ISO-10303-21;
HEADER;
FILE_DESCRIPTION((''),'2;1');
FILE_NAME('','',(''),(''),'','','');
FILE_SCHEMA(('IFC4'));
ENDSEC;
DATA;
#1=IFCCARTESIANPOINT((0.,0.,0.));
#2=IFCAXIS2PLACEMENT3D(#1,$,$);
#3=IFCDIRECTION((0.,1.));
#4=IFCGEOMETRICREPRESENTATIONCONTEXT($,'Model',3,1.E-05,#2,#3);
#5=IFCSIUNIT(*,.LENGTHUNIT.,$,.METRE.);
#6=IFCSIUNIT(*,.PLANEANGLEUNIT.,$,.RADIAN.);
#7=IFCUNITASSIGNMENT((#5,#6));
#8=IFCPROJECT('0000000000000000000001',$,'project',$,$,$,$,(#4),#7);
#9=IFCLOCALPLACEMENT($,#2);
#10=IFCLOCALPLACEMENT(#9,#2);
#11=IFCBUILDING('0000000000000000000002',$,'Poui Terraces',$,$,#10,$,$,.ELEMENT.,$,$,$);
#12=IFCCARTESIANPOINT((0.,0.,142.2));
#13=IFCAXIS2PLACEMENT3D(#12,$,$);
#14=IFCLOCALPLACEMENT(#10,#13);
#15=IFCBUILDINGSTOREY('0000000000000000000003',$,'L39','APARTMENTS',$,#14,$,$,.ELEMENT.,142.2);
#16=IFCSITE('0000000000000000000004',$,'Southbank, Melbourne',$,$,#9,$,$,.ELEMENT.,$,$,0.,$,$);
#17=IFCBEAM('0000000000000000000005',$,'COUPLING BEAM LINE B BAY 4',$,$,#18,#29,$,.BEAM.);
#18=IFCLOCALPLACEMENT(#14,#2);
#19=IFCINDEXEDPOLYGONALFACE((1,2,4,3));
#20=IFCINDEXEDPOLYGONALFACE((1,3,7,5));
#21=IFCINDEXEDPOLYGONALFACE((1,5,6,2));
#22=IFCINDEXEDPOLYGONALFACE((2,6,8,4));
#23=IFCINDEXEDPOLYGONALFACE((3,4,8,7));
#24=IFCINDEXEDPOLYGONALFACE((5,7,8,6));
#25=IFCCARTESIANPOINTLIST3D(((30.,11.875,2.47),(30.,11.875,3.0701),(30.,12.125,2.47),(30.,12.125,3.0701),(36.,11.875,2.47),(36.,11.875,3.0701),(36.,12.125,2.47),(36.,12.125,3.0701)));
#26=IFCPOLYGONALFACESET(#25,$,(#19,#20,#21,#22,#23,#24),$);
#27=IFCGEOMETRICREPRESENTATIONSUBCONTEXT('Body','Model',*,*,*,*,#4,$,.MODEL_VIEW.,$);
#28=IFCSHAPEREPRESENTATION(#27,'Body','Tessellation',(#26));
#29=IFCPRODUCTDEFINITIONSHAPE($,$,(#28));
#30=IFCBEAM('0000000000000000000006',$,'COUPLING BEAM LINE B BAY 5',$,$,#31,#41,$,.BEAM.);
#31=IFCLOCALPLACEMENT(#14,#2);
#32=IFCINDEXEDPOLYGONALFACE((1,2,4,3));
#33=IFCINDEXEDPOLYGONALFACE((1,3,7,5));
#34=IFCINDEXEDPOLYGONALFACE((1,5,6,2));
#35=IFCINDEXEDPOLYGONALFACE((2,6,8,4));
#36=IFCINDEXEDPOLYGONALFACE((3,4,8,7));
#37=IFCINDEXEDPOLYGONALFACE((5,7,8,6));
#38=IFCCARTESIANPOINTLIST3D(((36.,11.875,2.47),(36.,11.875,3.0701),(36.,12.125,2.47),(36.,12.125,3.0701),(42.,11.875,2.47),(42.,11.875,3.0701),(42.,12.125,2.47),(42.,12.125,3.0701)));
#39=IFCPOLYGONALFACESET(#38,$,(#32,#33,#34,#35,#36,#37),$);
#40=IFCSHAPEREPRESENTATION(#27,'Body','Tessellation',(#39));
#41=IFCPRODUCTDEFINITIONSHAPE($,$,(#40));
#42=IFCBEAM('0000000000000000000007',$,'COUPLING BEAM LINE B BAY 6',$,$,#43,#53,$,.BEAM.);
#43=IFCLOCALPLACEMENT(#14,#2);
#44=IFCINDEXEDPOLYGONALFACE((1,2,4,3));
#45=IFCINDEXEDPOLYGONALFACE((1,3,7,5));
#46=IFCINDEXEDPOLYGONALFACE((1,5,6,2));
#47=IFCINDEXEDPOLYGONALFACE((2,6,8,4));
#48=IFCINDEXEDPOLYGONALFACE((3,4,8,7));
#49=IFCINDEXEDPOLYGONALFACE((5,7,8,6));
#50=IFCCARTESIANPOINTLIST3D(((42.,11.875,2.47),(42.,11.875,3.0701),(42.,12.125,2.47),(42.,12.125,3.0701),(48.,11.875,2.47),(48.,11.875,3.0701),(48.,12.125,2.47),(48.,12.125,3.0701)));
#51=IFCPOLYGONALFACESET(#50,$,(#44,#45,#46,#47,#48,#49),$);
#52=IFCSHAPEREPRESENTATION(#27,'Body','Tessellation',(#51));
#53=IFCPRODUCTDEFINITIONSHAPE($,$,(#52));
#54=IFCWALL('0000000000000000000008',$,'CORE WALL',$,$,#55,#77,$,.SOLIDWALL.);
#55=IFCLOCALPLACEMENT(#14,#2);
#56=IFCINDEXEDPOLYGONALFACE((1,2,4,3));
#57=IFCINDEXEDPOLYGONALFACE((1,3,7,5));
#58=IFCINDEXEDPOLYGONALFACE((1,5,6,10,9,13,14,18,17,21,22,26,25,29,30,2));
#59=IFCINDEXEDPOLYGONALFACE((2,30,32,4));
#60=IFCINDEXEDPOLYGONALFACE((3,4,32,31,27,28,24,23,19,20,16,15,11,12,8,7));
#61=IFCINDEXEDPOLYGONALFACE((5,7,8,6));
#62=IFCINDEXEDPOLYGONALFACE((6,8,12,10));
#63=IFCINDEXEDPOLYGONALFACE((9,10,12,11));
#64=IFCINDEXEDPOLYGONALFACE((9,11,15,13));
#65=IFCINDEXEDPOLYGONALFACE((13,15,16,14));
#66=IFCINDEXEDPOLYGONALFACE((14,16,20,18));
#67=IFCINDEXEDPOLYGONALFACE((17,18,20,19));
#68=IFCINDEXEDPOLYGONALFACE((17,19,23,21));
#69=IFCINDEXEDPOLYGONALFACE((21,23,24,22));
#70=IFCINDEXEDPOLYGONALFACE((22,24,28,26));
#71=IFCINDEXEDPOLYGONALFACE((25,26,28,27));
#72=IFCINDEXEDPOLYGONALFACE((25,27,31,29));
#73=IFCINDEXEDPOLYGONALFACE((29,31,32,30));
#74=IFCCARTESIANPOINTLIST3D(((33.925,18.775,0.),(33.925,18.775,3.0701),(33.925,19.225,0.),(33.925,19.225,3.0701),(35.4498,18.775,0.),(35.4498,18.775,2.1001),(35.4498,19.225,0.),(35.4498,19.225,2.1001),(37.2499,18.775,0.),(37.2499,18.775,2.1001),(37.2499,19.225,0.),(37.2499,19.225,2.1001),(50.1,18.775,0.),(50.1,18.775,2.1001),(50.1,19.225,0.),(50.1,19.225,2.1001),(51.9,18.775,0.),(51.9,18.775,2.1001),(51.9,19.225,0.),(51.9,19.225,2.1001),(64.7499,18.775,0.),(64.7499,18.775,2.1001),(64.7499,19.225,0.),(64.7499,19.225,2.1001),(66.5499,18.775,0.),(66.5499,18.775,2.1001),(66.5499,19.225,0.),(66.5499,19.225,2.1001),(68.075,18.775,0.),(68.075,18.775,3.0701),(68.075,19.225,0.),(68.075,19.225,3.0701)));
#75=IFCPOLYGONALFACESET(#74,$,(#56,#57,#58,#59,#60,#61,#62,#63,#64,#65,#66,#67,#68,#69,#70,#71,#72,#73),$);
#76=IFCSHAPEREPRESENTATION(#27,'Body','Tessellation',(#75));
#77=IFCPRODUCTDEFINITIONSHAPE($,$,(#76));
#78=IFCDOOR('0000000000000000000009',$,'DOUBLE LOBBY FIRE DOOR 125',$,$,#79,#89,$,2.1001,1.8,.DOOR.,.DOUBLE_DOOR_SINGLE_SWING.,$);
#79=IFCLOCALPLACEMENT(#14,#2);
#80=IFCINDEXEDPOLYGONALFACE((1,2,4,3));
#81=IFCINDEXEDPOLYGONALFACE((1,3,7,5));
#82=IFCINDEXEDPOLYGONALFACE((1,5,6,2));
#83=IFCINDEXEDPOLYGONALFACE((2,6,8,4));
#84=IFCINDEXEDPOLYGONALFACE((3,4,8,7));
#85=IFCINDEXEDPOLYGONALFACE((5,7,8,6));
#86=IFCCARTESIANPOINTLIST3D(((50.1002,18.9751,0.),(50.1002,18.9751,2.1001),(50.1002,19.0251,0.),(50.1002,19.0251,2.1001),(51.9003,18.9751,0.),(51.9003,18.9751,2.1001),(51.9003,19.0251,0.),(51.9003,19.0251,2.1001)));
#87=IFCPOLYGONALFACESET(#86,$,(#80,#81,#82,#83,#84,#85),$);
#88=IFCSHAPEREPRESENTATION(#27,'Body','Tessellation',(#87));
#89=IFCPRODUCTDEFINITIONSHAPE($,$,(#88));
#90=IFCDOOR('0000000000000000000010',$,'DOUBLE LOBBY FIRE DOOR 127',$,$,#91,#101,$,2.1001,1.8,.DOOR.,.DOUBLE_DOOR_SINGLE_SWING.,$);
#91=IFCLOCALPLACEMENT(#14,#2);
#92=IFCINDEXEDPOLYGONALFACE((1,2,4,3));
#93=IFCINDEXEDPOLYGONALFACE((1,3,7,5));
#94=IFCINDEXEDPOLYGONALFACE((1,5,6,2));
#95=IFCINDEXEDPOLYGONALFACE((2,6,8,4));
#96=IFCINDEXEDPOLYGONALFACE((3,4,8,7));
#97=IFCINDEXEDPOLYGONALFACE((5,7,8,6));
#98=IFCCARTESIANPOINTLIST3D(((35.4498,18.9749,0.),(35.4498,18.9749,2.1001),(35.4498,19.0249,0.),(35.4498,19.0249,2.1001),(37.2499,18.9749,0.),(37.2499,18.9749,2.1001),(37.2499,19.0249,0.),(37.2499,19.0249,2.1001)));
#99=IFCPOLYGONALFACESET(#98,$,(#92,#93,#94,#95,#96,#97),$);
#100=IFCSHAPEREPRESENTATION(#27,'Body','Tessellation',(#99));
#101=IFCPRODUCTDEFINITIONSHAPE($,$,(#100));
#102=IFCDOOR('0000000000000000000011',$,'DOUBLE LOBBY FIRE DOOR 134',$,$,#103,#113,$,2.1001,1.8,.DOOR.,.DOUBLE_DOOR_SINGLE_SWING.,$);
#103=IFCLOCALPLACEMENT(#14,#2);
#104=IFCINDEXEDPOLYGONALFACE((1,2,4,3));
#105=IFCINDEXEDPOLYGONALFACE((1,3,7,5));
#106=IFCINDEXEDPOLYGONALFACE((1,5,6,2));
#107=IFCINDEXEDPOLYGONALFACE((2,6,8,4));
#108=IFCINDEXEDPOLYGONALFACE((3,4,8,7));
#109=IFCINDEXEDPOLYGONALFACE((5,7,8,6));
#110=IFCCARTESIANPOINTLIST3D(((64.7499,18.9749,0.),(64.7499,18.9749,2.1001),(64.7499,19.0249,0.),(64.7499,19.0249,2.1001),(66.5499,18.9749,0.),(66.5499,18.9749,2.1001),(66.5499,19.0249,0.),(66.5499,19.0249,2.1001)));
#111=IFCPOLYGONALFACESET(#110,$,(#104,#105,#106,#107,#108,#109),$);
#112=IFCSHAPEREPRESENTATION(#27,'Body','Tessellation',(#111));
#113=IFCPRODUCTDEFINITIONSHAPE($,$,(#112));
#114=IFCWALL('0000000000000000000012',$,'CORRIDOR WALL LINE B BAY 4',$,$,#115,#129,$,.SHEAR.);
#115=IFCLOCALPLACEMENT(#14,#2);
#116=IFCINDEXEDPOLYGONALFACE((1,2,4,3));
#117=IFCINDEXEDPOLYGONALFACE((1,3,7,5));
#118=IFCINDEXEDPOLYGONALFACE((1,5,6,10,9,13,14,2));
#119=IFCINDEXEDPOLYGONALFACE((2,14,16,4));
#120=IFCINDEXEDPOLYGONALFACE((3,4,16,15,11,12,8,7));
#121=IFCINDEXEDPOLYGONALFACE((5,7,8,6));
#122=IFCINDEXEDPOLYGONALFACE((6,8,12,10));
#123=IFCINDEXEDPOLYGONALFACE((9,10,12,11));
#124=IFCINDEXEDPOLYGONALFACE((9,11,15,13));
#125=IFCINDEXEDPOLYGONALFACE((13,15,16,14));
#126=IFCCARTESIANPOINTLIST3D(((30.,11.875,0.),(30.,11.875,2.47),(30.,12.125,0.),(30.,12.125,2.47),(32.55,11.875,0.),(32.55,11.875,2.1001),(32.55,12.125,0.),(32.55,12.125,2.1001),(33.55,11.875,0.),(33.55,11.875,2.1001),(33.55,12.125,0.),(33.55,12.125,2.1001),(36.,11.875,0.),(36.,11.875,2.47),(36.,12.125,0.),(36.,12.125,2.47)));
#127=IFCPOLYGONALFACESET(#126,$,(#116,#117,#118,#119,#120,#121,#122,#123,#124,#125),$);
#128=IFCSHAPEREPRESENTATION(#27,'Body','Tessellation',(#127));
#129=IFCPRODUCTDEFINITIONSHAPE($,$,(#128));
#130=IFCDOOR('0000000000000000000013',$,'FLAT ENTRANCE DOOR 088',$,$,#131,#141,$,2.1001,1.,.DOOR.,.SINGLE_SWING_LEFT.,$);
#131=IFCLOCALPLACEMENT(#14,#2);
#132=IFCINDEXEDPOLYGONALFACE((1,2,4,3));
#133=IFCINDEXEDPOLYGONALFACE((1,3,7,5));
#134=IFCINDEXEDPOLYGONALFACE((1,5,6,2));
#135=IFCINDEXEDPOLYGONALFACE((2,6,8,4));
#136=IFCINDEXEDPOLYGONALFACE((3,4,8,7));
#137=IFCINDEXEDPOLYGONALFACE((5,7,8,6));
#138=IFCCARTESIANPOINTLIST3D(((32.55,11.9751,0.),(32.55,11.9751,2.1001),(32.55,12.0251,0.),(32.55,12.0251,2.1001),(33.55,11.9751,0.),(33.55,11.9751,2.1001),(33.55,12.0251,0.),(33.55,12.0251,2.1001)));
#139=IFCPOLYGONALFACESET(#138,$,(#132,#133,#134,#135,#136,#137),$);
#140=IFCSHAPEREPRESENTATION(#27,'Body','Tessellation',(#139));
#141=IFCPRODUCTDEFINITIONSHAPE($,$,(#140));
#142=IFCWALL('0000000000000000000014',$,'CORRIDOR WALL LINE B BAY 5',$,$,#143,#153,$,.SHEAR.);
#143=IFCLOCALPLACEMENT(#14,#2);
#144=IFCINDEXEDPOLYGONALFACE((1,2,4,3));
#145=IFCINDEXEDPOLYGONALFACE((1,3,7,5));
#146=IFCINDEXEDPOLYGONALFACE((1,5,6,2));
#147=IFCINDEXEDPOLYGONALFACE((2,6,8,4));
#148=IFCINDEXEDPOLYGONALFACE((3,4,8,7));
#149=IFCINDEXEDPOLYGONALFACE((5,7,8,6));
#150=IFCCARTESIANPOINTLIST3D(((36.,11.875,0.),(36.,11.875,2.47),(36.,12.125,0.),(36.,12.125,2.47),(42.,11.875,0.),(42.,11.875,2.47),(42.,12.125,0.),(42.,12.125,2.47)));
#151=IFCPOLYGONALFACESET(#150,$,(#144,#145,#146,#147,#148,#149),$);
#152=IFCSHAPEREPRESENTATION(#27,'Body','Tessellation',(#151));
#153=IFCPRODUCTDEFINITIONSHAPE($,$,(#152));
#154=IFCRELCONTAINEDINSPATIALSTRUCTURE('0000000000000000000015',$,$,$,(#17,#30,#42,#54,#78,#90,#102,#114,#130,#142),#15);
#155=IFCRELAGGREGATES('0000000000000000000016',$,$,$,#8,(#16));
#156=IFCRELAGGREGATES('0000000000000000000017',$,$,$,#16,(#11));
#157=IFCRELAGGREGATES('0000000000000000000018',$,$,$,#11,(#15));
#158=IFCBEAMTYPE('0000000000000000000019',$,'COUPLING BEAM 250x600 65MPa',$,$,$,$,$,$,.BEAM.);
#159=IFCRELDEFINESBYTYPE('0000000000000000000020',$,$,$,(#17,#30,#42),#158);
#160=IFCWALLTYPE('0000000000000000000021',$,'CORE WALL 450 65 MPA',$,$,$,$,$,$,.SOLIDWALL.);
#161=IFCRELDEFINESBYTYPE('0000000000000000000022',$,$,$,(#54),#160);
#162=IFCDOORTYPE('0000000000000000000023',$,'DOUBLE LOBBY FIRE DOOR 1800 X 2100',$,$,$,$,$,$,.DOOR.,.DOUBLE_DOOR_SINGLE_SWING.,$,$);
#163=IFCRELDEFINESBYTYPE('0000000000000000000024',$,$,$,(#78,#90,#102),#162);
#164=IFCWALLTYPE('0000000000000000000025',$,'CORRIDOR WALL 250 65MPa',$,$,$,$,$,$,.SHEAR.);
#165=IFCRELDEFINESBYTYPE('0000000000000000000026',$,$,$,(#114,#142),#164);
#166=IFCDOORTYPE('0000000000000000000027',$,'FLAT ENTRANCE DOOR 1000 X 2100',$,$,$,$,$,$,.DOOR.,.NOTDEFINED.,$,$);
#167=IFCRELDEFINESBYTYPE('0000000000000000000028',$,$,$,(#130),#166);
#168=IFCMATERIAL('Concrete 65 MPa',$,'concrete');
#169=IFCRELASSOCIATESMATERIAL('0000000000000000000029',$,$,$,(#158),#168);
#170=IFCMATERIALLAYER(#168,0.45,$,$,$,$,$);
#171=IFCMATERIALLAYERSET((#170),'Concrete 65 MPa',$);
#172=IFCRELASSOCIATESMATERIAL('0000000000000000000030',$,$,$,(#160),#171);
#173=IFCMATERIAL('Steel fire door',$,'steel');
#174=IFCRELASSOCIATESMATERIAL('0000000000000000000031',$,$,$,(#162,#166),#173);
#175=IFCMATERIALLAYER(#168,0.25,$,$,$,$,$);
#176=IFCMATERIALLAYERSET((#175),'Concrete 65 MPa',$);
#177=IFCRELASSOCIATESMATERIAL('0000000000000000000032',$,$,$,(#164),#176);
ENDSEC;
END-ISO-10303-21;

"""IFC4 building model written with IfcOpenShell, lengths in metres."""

from ifc_helpers import new_model, si_unit, direction, frame, frame_2d, origin, origin_2d, place, context, subcontext, project, spatial, rectangle, extrude, source, transform, mapped, material, layer, layer_set, material_profile, profile_set, type_object, element, fill, save


model = new_model("IFC4")

# Units and contexts
model_context = context("Model", 3, precision=1e-05, world=origin(), true_north=direction((0.0, 1.0)))
body_context = subcontext(model_context, "Body", "Model", "MODEL_VIEW")
ifc_project = project(units=[si_unit("LENGTHUNIT", "METRE"), si_unit("PLANEANGLEUNIT", "RADIAN")], contexts=[model_context])

# Site, building, storey
site_placement = place(None, origin())
site = spatial("IfcSite", under=ifc_project, at=site_placement, Name="Southbank, Melbourne", CompositionType="ELEMENT", RefElevation=0.0)
building_placement = place(site_placement, origin())
building = spatial("IfcBuilding", under=site, at=building_placement, Name="Poui Terraces", CompositionType="ELEMENT")
storey_placement = place(building_placement, frame((0.0, 0.0, 142.2)))
storey = spatial("IfcBuildingStorey", under=building, at=storey_placement, Name="L39", Description="APARTMENTS", CompositionType="ELEMENT", Elevation=142.2)

# Beams
ifc_material_1 = material(Name="Concrete 65 MPa", Category="concrete")
ifc_material_profile = material_profile(ifc_material_1, rectangle(XDim=0.25, YDim=0.6001, at=origin_2d()), Name="RC 250x600")
ifc_profile_set = profile_set([ifc_material_profile], Name="Concrete 65 MPa")
beam_type = type_object("IfcBeamType", Name="COUPLING BEAM 250x600 65MPa", PredefinedType="BEAM", material=ifc_profile_set)
shared_shape = source(origin(), body_context, "Body", "SweptSolid", [
    extrude(rectangle(XDim=0.25, YDim=0.6001, at=origin_2d()), origin(), (0.0, 0.0, 1.0), 6.0),
])
for number, where, z_axis, x_axis, name in (
    (1, (30.0, 12.0, 2.77), (1.0, 0.0, 0.0), (0.0, 1.0, 0.0), "COUPLING BEAM LINE B BAY 4"),
    (2, (36.0, 12.0, 2.77), (1.0, 0.0, 0.0), (0.0, 1.0, 0.0), "COUPLING BEAM LINE B BAY 5"),
    (3, (42.0, 12.0, 2.77), (1.0, 0.0, 0.0), (0.0, 1.0, 0.0), "COUPLING BEAM LINE B BAY 6"),
):
    element("IfcBeam", number, at=place(storey_placement, frame(where, z_axis=z_axis, x_axis=x_axis)), inside=storey, type_object=beam_type, Name=name, PredefinedType="BEAM", context=body_context, shape_type="MappedRepresentation", body=[
        mapped(shared_shape, transform((0.0, 0.0, 0.0))),
    ])

# Wall, openings, doors
ifc_layer_1 = layer(ifc_material_1, 0.45)
ifc_layer_set_1 = layer_set([ifc_layer_1], Name="Concrete 65 MPa")
wall_type_1 = type_object("IfcWallType", Name="CORE WALL 450 65 MPA", PredefinedType="SOLIDWALL", material=ifc_layer_set_1)
wall_1_placement = place(storey_placement, frame((33.925, 19.0, 0.0), z_axis=(0.0, 0.0, 1.0), x_axis=(1.0, 0.0, 0.0)))
wall_1 = element("IfcWall", 4, at=wall_1_placement, inside=storey, type_object=wall_type_1, Name="CORE WALL", PredefinedType="SOLIDWALL", context=body_context, shape_type="SweptSolid", body=[
    extrude(rectangle(XDim=34.1499, YDim=0.45, at=frame_2d((17.075, 0.0))), origin(), (0.0, 0.0, 1.0), 3.0701),
])
opening_1_placement = place(wall_1_placement, frame((16.175, 0.0, 0.0)))
opening_1 = element("IfcOpeningElement", 5, at=opening_1_placement, cuts=wall_1, PredefinedType="OPENING", context=body_context, shape_type="SweptSolid", body=[
    extrude(rectangle(XDim=1.8, YDim=2.1001, at=frame_2d((0.8999, 1.05))), frame((0.0, 0.2349, 0.0), z_axis=(0.0, -1.0, 0.0), x_axis=(1.0, 0.0, 0.0)), (0.0, 0.0, 1.0), 0.47),
])
opening_2_placement = place(wall_1_placement, frame((1.5249, 0.0, 0.0)))
opening_2 = element("IfcOpeningElement", 6, at=opening_2_placement, cuts=wall_1, PredefinedType="OPENING", context=body_context, shape_type="SweptSolid", body=[
    extrude(rectangle(XDim=1.8, YDim=2.1001, at=frame_2d((0.8999, 1.05))), frame((0.0, 0.2349, 0.0), z_axis=(0.0, -1.0, 0.0), x_axis=(1.0, 0.0, 0.0)), (0.0, 0.0, 1.0), 0.47),
])
opening_3_placement = place(wall_1_placement, frame((30.825, 0.0, 0.0)))
opening_3 = element("IfcOpeningElement", 7, at=opening_3_placement, cuts=wall_1, PredefinedType="OPENING", context=body_context, shape_type="SweptSolid", body=[
    extrude(rectangle(XDim=1.8, YDim=2.1001, at=frame_2d((0.8999, 1.05))), frame((0.0, 0.2349, 0.0), z_axis=(0.0, -1.0, 0.0), x_axis=(1.0, 0.0, 0.0)), (0.0, 0.0, 1.0), 0.47),
])
ifc_material_2 = material(Name="Steel fire door", Category="steel")
door_type_1 = type_object("IfcDoorType", Name="DOUBLE LOBBY FIRE DOOR 1800 X 2100", OperationType="DOUBLE_DOOR_SINGLE_SWING", PredefinedType="DOOR", material=ifc_material_2)
door_1_placement = place(opening_1_placement, frame((1.8, 0.0, 0.0), z_axis=(0.0, 0.0, 1.0), x_axis=(-1.0, 0.0, 0.0)))
door_1 = element("IfcDoor", 8, at=door_1_placement, inside=storey, type_object=door_type_1, Name="DOUBLE LOBBY FIRE DOOR 125", OperationType="DOUBLE_DOOR_SINGLE_SWING", OverallHeight=2.1001, OverallWidth=1.8, PredefinedType="DOOR", context=body_context, shape_type="SweptSolid", body=[
    extrude(rectangle(XDim=1.8, YDim=2.1001, at=frame_2d((0.8999, 1.05))), frame((0.0, 0.0249, 0.0), z_axis=(0.0, -1.0, 0.0), x_axis=(1.0, 0.0, 0.0)), (0.0, 0.0, 1.0), 0.05),
])
fill(opening_1, door_1)
door_2_placement = place(opening_2_placement, origin())
door_2 = element("IfcDoor", 9, at=door_2_placement, inside=storey, type_object=door_type_1, Name="DOUBLE LOBBY FIRE DOOR 127", OperationType="DOUBLE_DOOR_SINGLE_SWING", OverallHeight=2.1001, OverallWidth=1.8, PredefinedType="DOOR", context=body_context, shape_type="SweptSolid", body=[
    extrude(rectangle(XDim=1.8, YDim=2.1001, at=frame_2d((0.8999, 1.05))), frame((0.0, 0.0249, 0.0), z_axis=(0.0, -1.0, 0.0), x_axis=(1.0, 0.0, 0.0)), (0.0, 0.0, 1.0), 0.05),
])
fill(opening_2, door_2)
door_3_placement = place(opening_3_placement, origin())
door_3 = element("IfcDoor", 10, at=door_3_placement, inside=storey, type_object=door_type_1, Name="DOUBLE LOBBY FIRE DOOR 134", OperationType="DOUBLE_DOOR_SINGLE_SWING", OverallHeight=2.1001, OverallWidth=1.8, PredefinedType="DOOR", context=body_context, shape_type="SweptSolid", body=[
    extrude(rectangle(XDim=1.8, YDim=2.1001, at=frame_2d((0.8999, 1.05))), frame((0.0, 0.0249, 0.0), z_axis=(0.0, -1.0, 0.0), x_axis=(1.0, 0.0, 0.0)), (0.0, 0.0, 1.0), 0.05),
])
fill(opening_3, door_3)

# Wall, opening, door
ifc_layer_2 = layer(ifc_material_1, 0.25)
ifc_layer_set_2 = layer_set([ifc_layer_2], Name="Concrete 65 MPa")
wall_type_2 = type_object("IfcWallType", Name="CORRIDOR WALL 250 65MPa", PredefinedType="SHEAR", material=ifc_layer_set_2)
wall_2_placement = place(storey_placement, frame((30.0, 12.0, 0.0), z_axis=(0.0, 0.0, 1.0), x_axis=(1.0, 0.0, 0.0)))
wall_2 = element("IfcWall", 11, at=wall_2_placement, inside=storey, type_object=wall_type_2, Name="CORRIDOR WALL LINE B BAY 4", PredefinedType="SHEAR", context=body_context, shape_type="SweptSolid", body=[
    extrude(rectangle(XDim=6.0, YDim=0.25, at=frame_2d((3.0, 0.0))), origin(), (0.0, 0.0, 1.0), 2.47),
])
opening_4_placement = place(wall_2_placement, frame((2.55, 0.0, 0.0)))
opening_4 = element("IfcOpeningElement", 12, at=opening_4_placement, cuts=wall_2, PredefinedType="OPENING", context=body_context, shape_type="SweptSolid", body=[
    extrude(rectangle(XDim=1.0, YDim=2.1001, at=frame_2d((0.5, 1.05))), frame((0.0, 0.135, 0.0), z_axis=(0.0, -1.0, 0.0), x_axis=(1.0, 0.0, 0.0)), (0.0, 0.0, 1.0), 0.27),
])
door_type_2 = type_object("IfcDoorType", Name="FLAT ENTRANCE DOOR 1000 X 2100", OperationType="NOTDEFINED", PredefinedType="DOOR", material=ifc_material_2)
door_4_placement = place(opening_4_placement, frame((1.0, 0.0, 0.0), z_axis=(0.0, 0.0, 1.0), x_axis=(-1.0, 0.0, 0.0)))
door_4 = element("IfcDoor", 13, at=door_4_placement, inside=storey, type_object=door_type_2, Name="FLAT ENTRANCE DOOR 088", OperationType="SINGLE_SWING_LEFT", OverallHeight=2.1001, OverallWidth=1.0, PredefinedType="DOOR", context=body_context, shape_type="SweptSolid", body=[
    extrude(rectangle(XDim=1.0, YDim=2.1001, at=frame_2d((0.5, 1.05))), frame((0.0, 0.0249, 0.0), z_axis=(0.0, -1.0, 0.0), x_axis=(1.0, 0.0, 0.0)), (0.0, 0.0, 1.0), 0.05),
])
fill(opening_4, door_4)

# Wall
wall_3_placement = place(storey_placement, frame((36.0, 12.0, 0.0), z_axis=(0.0, 0.0, 1.0), x_axis=(1.0, 0.0, 0.0)))
element("IfcWall", 14, at=wall_3_placement, inside=storey, type_object=wall_type_2, Name="CORRIDOR WALL LINE B BAY 5", PredefinedType="SHEAR", context=body_context, shape_type="SweptSolid", body=[
    extrude(rectangle(XDim=6.0, YDim=0.25, at=frame_2d((3.0, 0.0))), origin(), (0.0, 0.0, 1.0), 2.47),
])

save(model, "model.ifc")
